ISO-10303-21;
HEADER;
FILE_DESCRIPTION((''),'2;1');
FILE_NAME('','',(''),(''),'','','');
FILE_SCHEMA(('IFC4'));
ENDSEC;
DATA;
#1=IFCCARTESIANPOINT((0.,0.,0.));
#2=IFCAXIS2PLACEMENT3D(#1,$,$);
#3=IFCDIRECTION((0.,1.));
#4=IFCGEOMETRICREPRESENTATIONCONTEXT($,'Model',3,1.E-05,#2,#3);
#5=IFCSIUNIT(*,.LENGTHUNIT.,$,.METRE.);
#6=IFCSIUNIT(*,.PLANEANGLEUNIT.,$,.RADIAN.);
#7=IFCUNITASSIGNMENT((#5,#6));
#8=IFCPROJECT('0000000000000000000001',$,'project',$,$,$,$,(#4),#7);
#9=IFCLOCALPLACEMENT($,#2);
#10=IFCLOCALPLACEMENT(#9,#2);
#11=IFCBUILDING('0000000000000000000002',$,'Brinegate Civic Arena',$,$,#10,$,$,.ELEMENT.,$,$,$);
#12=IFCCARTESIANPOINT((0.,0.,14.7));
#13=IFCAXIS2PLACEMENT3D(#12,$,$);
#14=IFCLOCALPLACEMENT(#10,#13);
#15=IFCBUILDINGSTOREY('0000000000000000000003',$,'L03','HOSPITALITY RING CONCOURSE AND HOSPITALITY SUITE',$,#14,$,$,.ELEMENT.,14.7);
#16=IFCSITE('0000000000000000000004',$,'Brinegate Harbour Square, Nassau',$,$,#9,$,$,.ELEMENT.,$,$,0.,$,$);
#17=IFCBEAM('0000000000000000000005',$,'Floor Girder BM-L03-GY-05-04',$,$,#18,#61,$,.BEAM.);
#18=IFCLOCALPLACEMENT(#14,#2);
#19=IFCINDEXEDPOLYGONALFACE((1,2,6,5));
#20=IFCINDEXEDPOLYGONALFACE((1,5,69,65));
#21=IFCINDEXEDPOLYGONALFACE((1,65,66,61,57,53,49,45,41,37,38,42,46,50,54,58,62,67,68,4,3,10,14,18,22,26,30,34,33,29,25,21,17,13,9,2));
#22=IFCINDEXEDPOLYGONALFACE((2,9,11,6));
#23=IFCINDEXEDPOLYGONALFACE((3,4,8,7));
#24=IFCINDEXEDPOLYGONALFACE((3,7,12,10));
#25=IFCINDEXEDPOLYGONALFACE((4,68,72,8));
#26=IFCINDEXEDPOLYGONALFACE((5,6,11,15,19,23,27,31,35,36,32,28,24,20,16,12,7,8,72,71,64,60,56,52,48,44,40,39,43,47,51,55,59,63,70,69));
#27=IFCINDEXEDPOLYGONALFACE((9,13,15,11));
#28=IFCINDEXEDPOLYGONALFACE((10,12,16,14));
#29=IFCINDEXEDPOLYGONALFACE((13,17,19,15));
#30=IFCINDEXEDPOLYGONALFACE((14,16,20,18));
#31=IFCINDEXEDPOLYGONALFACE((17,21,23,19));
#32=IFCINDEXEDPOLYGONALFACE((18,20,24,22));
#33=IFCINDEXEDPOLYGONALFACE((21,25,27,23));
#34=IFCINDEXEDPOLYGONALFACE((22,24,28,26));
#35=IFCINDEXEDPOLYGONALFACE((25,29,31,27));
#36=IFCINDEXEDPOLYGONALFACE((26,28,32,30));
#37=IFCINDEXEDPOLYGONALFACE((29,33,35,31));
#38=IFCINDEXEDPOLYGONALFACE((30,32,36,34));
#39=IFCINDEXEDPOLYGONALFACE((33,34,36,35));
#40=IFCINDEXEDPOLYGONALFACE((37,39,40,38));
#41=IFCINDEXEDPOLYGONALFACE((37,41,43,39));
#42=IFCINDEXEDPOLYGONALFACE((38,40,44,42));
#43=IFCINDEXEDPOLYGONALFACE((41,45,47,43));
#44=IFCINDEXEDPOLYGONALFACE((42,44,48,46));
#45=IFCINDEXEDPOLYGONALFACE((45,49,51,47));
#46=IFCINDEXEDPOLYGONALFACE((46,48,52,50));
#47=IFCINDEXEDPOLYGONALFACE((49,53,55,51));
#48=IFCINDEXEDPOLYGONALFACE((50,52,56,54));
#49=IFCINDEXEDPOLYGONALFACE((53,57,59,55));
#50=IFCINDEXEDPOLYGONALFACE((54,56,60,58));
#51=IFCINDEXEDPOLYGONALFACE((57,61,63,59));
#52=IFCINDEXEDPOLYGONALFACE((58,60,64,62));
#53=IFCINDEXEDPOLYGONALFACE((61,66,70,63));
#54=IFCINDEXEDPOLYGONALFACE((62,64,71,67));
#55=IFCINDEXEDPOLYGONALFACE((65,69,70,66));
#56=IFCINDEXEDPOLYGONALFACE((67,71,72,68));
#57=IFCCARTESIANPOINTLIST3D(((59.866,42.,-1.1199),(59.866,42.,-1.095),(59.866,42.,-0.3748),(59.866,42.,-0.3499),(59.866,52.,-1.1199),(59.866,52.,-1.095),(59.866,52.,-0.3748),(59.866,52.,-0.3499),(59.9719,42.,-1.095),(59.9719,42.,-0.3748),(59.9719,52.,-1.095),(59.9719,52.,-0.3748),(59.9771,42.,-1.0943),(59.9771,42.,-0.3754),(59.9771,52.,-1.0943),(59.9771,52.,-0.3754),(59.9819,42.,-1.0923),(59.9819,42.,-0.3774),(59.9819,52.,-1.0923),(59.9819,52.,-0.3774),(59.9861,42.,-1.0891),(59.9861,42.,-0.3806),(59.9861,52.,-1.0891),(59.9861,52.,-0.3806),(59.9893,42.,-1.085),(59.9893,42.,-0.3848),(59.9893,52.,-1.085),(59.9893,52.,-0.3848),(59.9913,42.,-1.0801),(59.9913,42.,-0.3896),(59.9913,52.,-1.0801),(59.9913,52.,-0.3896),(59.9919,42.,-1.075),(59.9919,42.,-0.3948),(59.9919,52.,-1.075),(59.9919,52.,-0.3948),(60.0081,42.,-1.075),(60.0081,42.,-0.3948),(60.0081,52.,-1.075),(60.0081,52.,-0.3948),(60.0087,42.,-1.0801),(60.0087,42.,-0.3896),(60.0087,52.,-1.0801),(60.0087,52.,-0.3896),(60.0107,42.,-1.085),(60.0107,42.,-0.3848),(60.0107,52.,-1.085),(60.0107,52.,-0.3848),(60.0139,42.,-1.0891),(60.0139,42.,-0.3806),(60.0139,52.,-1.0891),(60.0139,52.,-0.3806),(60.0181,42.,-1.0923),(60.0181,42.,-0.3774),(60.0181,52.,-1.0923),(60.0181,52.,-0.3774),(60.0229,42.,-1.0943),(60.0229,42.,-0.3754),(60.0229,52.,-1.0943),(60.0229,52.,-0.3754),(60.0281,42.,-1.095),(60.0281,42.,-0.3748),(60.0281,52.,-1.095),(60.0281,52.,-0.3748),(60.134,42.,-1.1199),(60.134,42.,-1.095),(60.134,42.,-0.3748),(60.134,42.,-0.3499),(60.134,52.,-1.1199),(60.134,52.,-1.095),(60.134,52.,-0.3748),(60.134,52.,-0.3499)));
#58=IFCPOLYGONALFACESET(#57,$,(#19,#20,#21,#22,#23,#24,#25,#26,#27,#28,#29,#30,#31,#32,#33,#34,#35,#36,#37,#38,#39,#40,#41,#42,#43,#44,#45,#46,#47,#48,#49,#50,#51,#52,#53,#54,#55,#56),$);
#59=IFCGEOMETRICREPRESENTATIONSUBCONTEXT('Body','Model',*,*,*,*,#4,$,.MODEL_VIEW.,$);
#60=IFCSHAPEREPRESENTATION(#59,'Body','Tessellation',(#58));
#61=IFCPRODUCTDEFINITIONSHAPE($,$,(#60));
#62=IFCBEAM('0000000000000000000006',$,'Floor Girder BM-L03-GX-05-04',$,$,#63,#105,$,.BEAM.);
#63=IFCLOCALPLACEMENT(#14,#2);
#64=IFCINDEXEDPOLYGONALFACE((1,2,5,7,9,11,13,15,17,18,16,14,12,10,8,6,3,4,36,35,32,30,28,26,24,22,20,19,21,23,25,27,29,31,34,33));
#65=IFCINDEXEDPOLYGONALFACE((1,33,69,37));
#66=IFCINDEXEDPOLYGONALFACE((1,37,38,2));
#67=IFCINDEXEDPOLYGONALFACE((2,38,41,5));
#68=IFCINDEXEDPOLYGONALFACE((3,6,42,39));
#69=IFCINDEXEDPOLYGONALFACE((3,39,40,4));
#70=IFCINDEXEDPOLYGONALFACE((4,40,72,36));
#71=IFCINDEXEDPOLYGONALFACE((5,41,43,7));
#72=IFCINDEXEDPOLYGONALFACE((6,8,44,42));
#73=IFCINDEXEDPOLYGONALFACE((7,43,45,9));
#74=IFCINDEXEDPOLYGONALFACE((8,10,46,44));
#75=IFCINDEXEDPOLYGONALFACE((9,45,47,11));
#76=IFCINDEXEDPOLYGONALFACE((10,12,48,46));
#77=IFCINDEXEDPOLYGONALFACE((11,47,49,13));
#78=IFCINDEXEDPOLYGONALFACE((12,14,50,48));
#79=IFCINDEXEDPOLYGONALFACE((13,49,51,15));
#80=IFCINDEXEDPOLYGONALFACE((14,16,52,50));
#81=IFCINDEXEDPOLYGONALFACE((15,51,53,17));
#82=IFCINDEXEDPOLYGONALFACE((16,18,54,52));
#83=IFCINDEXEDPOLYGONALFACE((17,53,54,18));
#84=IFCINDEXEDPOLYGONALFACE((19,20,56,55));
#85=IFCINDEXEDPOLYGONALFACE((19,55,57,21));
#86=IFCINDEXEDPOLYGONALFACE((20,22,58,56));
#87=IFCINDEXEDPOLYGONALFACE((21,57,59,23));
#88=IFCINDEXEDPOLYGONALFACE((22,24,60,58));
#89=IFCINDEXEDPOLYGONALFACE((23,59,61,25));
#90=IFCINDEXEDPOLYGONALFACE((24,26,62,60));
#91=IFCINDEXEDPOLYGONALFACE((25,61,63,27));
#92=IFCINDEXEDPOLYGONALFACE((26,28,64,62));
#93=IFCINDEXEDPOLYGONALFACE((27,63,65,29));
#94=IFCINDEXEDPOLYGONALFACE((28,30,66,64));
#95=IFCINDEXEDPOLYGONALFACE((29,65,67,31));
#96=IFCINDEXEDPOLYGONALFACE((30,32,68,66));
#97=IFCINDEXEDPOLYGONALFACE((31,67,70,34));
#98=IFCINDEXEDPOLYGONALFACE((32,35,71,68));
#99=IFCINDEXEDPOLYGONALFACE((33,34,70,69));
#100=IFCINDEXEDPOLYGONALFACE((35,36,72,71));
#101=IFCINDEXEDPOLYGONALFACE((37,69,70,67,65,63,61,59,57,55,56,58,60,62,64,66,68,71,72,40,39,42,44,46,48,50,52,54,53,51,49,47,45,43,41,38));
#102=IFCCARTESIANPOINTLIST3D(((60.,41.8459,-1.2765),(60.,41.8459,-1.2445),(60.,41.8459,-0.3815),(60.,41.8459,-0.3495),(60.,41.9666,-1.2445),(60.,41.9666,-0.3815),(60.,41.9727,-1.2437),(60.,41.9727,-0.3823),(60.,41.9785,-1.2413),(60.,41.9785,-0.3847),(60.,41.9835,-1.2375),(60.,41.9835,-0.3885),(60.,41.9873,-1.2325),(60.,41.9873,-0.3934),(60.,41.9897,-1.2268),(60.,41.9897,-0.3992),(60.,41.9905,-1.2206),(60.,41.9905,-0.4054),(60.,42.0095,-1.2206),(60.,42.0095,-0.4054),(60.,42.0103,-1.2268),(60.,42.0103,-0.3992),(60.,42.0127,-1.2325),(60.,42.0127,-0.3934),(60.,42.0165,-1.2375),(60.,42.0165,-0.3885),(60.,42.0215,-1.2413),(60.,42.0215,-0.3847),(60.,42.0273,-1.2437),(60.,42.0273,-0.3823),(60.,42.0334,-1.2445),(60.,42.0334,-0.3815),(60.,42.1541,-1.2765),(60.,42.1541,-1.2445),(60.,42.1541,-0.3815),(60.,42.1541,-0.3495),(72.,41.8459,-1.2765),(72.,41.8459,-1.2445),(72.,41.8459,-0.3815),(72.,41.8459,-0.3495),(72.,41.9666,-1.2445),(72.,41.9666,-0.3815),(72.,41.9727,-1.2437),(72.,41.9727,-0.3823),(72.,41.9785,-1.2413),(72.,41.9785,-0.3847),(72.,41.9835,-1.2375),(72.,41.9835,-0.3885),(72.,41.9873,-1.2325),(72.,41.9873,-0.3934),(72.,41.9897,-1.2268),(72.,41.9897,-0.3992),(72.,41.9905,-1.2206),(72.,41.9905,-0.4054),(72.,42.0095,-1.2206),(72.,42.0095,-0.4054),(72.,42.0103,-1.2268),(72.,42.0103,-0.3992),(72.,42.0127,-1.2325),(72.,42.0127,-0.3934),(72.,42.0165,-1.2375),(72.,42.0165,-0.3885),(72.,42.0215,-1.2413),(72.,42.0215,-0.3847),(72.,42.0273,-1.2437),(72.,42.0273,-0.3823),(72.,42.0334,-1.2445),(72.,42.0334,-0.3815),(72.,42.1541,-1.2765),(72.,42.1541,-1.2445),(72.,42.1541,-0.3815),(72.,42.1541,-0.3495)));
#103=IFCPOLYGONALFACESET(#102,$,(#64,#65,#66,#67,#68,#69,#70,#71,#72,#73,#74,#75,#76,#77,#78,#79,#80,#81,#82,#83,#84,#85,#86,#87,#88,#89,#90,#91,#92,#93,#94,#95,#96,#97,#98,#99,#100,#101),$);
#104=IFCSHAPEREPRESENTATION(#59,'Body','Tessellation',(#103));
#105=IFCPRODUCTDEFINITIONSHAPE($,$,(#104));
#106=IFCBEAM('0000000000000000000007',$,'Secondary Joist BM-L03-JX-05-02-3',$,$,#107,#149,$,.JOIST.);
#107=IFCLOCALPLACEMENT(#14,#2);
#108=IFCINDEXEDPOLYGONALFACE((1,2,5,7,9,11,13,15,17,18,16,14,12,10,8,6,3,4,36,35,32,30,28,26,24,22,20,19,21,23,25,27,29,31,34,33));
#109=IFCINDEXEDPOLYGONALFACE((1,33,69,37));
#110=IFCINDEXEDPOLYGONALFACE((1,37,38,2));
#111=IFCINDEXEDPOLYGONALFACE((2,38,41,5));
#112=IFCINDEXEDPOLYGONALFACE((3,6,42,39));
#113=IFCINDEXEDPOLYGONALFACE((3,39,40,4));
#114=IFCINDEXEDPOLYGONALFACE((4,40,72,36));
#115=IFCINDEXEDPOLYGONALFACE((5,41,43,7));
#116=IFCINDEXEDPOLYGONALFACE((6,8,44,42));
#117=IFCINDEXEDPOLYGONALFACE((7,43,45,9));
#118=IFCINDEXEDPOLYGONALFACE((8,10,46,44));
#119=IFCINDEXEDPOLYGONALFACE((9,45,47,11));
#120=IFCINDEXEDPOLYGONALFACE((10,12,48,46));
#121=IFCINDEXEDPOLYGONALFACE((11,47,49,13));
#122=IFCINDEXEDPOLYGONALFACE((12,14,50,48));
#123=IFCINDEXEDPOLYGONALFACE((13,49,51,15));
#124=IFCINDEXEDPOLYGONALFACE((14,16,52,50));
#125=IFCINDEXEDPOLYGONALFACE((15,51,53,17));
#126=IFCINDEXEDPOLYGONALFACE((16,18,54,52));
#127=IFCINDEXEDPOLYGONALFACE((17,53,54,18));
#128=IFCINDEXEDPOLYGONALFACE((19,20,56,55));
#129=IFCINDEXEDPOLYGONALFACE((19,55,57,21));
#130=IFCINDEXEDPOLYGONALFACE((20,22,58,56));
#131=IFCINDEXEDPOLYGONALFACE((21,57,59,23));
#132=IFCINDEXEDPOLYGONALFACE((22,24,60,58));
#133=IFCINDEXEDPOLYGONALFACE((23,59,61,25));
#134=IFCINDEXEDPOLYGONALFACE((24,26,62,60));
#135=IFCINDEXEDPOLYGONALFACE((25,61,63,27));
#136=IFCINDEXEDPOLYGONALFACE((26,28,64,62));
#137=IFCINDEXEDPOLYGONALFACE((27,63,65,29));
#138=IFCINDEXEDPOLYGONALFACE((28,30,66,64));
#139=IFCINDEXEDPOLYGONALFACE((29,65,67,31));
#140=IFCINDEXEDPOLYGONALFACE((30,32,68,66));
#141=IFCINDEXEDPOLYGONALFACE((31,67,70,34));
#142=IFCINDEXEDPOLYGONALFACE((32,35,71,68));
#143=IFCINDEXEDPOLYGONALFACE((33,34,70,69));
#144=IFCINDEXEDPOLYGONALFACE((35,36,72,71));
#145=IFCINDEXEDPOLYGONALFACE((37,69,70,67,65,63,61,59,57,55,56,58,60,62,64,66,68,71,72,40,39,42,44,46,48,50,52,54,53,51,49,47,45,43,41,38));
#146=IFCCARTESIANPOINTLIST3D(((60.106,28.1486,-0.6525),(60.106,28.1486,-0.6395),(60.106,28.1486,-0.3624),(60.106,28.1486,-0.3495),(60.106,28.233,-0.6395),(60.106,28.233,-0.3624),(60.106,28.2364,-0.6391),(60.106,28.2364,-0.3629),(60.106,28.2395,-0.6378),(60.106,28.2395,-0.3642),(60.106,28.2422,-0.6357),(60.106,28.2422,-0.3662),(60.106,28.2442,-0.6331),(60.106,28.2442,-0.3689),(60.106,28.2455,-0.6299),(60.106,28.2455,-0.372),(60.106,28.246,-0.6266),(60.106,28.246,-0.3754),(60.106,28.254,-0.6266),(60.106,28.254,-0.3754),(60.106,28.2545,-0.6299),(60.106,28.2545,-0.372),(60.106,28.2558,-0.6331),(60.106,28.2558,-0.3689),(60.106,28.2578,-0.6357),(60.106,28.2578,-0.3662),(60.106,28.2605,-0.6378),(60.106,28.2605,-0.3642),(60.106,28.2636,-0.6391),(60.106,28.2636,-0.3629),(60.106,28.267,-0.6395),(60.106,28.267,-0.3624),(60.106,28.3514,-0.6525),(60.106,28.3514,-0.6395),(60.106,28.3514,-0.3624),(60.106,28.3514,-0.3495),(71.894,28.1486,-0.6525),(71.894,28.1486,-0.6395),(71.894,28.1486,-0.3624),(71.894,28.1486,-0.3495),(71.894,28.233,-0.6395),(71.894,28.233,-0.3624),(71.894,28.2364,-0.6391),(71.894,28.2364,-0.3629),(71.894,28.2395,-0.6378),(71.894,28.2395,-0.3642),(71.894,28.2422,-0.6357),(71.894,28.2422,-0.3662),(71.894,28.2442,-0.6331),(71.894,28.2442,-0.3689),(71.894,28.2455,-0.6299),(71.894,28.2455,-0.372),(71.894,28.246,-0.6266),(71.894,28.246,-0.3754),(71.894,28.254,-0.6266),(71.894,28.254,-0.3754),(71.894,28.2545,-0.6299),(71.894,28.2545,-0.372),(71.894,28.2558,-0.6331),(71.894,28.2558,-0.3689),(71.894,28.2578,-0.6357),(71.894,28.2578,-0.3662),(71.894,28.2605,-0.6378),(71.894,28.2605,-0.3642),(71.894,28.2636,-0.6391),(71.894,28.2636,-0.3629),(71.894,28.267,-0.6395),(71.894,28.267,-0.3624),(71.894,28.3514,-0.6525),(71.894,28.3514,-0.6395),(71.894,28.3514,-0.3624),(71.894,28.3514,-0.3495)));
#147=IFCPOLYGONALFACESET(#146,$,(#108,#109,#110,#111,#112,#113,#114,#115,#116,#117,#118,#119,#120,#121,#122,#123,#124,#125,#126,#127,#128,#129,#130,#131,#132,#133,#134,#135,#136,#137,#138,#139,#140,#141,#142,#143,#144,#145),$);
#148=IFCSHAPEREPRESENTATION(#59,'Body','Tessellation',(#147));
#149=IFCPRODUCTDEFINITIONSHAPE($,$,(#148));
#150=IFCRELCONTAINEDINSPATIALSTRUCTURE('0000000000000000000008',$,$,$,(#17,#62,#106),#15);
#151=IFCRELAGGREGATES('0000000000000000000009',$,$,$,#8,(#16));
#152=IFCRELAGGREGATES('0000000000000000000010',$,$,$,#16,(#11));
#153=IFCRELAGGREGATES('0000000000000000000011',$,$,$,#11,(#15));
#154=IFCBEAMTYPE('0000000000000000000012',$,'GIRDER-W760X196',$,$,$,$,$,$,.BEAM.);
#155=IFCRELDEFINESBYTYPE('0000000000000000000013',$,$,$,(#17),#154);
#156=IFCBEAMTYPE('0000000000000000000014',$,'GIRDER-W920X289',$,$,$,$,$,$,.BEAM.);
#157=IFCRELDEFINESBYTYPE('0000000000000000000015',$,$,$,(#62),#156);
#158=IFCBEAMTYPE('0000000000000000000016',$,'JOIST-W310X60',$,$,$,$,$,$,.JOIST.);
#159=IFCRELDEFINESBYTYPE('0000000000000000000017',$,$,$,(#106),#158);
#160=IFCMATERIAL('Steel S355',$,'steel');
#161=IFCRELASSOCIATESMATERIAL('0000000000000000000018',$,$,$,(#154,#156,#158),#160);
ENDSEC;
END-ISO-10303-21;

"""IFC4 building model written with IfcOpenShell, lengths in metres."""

from ifc_helpers import new_model, si_unit, direction, frame, origin, origin_2d, place, context, subcontext, project, spatial, i_section, extrude, material, material_profile, profile_set, type_object, element, save


model = new_model("IFC4")

# Units and contexts
model_context = context("Model", 3, precision=1e-05, world=origin(), true_north=direction((0.0, 1.0)))
body_context = subcontext(model_context, "Body", "Model", "MODEL_VIEW")
ifc_project = project(units=[si_unit("LENGTHUNIT", "METRE"), si_unit("PLANEANGLEUNIT", "RADIAN")], contexts=[model_context])

# Site, building, storey
site_placement = place(None, origin())
site = spatial("IfcSite", under=ifc_project, at=site_placement, Name="Brinegate Harbour Square, Nassau", CompositionType="ELEMENT", RefElevation=0.0)
building_placement = place(site_placement, origin())
building = spatial("IfcBuilding", under=site, at=building_placement, Name="Brinegate Civic Arena", CompositionType="ELEMENT")
storey_placement = place(building_placement, frame((0.0, 0.0, 14.7)))
storey = spatial("IfcBuildingStorey", under=building, at=storey_placement, Name="L03", Description="HOSPITALITY RING CONCOURSE AND HOSPITALITY SUITE", CompositionType="ELEMENT", Elevation=14.7)

# Beams
ifc_material_1 = material(Name="Steel S355", Category="steel")
ifc_material_profile_1 = material_profile(ifc_material_1, i_section(OverallWidth=0.2681, OverallDepth=0.77, WebThickness=0.0161, FlangeThickness=0.0249, FilletRadius=0.02, at=origin_2d()), Name="W760X196")
ifc_profile_set_1 = profile_set([ifc_material_profile_1], Name="Steel S355")
beam_type_1 = type_object("IfcBeamType", Name="GIRDER-W760X196", PredefinedType="BEAM", material=ifc_profile_set_1)
beam_1_placement = place(storey_placement, frame((60.0, 42.0, -0.7349), z_axis=(0.0, 1.0, 0.0), x_axis=(-1.0, 0.0, 0.0)))
element("IfcBeam", 1, at=beam_1_placement, inside=storey, type_object=beam_type_1, Name="Floor Girder BM-L03-GY-05-04", PredefinedType="BEAM", context=body_context, shape_type="SweptSolid", body=[
    extrude(i_section(OverallWidth=0.2681, OverallDepth=0.77, WebThickness=0.0161, FlangeThickness=0.0249, FilletRadius=0.02, at=origin_2d()), origin(), (0.0, 0.0, 1.0), 10.0),
])
ifc_material_profile_2 = material_profile(ifc_material_1, i_section(OverallWidth=0.3081, OverallDepth=0.927, WebThickness=0.019, FlangeThickness=0.032, FilletRadius=0.0239, at=origin_2d()), Name="W920X289")
ifc_profile_set_2 = profile_set([ifc_material_profile_2], Name="Steel S355")
beam_type_2 = type_object("IfcBeamType", Name="GIRDER-W920X289", PredefinedType="BEAM", material=ifc_profile_set_2)
beam_2_placement = place(storey_placement, frame((60.0, 42.0, -0.813), z_axis=(1.0, 0.0, 0.0), x_axis=(0.0, 1.0, 0.0)))
element("IfcBeam", 2, at=beam_2_placement, inside=storey, type_object=beam_type_2, Name="Floor Girder BM-L03-GX-05-04", PredefinedType="BEAM", context=body_context, shape_type="SweptSolid", body=[
    extrude(i_section(OverallWidth=0.3081, OverallDepth=0.927, WebThickness=0.019, FlangeThickness=0.032, FilletRadius=0.0239, at=origin_2d()), origin(), (0.0, 0.0, 1.0), 12.0),
])
ifc_material_profile_3 = material_profile(ifc_material_1, i_section(OverallWidth=0.2029, OverallDepth=0.303, WebThickness=0.0081, FlangeThickness=0.0129, FilletRadius=0.0129, at=origin_2d()), Name="W310X60")
ifc_profile_set_3 = profile_set([ifc_material_profile_3], Name="Steel S355")
beam_type_3 = type_object("IfcBeamType", Name="JOIST-W310X60", PredefinedType="JOIST", material=ifc_profile_set_3)
beam_3_placement = place(storey_placement, frame((60.106, 28.25, -0.501), z_axis=(1.0, 0.0, 0.0), x_axis=(0.0, 1.0, 0.0)))
element("IfcBeam", 3, at=beam_3_placement, inside=storey, type_object=beam_type_3, Name="Secondary Joist BM-L03-JX-05-02-3", PredefinedType="JOIST", context=body_context, shape_type="SweptSolid", body=[
    extrude(i_section(OverallWidth=0.2029, OverallDepth=0.303, WebThickness=0.0081, FlangeThickness=0.0129, FilletRadius=0.0129, at=origin_2d()), origin(), (0.0, 0.0, 1.0), 11.7881),
])

save(model, "model.ifc")
